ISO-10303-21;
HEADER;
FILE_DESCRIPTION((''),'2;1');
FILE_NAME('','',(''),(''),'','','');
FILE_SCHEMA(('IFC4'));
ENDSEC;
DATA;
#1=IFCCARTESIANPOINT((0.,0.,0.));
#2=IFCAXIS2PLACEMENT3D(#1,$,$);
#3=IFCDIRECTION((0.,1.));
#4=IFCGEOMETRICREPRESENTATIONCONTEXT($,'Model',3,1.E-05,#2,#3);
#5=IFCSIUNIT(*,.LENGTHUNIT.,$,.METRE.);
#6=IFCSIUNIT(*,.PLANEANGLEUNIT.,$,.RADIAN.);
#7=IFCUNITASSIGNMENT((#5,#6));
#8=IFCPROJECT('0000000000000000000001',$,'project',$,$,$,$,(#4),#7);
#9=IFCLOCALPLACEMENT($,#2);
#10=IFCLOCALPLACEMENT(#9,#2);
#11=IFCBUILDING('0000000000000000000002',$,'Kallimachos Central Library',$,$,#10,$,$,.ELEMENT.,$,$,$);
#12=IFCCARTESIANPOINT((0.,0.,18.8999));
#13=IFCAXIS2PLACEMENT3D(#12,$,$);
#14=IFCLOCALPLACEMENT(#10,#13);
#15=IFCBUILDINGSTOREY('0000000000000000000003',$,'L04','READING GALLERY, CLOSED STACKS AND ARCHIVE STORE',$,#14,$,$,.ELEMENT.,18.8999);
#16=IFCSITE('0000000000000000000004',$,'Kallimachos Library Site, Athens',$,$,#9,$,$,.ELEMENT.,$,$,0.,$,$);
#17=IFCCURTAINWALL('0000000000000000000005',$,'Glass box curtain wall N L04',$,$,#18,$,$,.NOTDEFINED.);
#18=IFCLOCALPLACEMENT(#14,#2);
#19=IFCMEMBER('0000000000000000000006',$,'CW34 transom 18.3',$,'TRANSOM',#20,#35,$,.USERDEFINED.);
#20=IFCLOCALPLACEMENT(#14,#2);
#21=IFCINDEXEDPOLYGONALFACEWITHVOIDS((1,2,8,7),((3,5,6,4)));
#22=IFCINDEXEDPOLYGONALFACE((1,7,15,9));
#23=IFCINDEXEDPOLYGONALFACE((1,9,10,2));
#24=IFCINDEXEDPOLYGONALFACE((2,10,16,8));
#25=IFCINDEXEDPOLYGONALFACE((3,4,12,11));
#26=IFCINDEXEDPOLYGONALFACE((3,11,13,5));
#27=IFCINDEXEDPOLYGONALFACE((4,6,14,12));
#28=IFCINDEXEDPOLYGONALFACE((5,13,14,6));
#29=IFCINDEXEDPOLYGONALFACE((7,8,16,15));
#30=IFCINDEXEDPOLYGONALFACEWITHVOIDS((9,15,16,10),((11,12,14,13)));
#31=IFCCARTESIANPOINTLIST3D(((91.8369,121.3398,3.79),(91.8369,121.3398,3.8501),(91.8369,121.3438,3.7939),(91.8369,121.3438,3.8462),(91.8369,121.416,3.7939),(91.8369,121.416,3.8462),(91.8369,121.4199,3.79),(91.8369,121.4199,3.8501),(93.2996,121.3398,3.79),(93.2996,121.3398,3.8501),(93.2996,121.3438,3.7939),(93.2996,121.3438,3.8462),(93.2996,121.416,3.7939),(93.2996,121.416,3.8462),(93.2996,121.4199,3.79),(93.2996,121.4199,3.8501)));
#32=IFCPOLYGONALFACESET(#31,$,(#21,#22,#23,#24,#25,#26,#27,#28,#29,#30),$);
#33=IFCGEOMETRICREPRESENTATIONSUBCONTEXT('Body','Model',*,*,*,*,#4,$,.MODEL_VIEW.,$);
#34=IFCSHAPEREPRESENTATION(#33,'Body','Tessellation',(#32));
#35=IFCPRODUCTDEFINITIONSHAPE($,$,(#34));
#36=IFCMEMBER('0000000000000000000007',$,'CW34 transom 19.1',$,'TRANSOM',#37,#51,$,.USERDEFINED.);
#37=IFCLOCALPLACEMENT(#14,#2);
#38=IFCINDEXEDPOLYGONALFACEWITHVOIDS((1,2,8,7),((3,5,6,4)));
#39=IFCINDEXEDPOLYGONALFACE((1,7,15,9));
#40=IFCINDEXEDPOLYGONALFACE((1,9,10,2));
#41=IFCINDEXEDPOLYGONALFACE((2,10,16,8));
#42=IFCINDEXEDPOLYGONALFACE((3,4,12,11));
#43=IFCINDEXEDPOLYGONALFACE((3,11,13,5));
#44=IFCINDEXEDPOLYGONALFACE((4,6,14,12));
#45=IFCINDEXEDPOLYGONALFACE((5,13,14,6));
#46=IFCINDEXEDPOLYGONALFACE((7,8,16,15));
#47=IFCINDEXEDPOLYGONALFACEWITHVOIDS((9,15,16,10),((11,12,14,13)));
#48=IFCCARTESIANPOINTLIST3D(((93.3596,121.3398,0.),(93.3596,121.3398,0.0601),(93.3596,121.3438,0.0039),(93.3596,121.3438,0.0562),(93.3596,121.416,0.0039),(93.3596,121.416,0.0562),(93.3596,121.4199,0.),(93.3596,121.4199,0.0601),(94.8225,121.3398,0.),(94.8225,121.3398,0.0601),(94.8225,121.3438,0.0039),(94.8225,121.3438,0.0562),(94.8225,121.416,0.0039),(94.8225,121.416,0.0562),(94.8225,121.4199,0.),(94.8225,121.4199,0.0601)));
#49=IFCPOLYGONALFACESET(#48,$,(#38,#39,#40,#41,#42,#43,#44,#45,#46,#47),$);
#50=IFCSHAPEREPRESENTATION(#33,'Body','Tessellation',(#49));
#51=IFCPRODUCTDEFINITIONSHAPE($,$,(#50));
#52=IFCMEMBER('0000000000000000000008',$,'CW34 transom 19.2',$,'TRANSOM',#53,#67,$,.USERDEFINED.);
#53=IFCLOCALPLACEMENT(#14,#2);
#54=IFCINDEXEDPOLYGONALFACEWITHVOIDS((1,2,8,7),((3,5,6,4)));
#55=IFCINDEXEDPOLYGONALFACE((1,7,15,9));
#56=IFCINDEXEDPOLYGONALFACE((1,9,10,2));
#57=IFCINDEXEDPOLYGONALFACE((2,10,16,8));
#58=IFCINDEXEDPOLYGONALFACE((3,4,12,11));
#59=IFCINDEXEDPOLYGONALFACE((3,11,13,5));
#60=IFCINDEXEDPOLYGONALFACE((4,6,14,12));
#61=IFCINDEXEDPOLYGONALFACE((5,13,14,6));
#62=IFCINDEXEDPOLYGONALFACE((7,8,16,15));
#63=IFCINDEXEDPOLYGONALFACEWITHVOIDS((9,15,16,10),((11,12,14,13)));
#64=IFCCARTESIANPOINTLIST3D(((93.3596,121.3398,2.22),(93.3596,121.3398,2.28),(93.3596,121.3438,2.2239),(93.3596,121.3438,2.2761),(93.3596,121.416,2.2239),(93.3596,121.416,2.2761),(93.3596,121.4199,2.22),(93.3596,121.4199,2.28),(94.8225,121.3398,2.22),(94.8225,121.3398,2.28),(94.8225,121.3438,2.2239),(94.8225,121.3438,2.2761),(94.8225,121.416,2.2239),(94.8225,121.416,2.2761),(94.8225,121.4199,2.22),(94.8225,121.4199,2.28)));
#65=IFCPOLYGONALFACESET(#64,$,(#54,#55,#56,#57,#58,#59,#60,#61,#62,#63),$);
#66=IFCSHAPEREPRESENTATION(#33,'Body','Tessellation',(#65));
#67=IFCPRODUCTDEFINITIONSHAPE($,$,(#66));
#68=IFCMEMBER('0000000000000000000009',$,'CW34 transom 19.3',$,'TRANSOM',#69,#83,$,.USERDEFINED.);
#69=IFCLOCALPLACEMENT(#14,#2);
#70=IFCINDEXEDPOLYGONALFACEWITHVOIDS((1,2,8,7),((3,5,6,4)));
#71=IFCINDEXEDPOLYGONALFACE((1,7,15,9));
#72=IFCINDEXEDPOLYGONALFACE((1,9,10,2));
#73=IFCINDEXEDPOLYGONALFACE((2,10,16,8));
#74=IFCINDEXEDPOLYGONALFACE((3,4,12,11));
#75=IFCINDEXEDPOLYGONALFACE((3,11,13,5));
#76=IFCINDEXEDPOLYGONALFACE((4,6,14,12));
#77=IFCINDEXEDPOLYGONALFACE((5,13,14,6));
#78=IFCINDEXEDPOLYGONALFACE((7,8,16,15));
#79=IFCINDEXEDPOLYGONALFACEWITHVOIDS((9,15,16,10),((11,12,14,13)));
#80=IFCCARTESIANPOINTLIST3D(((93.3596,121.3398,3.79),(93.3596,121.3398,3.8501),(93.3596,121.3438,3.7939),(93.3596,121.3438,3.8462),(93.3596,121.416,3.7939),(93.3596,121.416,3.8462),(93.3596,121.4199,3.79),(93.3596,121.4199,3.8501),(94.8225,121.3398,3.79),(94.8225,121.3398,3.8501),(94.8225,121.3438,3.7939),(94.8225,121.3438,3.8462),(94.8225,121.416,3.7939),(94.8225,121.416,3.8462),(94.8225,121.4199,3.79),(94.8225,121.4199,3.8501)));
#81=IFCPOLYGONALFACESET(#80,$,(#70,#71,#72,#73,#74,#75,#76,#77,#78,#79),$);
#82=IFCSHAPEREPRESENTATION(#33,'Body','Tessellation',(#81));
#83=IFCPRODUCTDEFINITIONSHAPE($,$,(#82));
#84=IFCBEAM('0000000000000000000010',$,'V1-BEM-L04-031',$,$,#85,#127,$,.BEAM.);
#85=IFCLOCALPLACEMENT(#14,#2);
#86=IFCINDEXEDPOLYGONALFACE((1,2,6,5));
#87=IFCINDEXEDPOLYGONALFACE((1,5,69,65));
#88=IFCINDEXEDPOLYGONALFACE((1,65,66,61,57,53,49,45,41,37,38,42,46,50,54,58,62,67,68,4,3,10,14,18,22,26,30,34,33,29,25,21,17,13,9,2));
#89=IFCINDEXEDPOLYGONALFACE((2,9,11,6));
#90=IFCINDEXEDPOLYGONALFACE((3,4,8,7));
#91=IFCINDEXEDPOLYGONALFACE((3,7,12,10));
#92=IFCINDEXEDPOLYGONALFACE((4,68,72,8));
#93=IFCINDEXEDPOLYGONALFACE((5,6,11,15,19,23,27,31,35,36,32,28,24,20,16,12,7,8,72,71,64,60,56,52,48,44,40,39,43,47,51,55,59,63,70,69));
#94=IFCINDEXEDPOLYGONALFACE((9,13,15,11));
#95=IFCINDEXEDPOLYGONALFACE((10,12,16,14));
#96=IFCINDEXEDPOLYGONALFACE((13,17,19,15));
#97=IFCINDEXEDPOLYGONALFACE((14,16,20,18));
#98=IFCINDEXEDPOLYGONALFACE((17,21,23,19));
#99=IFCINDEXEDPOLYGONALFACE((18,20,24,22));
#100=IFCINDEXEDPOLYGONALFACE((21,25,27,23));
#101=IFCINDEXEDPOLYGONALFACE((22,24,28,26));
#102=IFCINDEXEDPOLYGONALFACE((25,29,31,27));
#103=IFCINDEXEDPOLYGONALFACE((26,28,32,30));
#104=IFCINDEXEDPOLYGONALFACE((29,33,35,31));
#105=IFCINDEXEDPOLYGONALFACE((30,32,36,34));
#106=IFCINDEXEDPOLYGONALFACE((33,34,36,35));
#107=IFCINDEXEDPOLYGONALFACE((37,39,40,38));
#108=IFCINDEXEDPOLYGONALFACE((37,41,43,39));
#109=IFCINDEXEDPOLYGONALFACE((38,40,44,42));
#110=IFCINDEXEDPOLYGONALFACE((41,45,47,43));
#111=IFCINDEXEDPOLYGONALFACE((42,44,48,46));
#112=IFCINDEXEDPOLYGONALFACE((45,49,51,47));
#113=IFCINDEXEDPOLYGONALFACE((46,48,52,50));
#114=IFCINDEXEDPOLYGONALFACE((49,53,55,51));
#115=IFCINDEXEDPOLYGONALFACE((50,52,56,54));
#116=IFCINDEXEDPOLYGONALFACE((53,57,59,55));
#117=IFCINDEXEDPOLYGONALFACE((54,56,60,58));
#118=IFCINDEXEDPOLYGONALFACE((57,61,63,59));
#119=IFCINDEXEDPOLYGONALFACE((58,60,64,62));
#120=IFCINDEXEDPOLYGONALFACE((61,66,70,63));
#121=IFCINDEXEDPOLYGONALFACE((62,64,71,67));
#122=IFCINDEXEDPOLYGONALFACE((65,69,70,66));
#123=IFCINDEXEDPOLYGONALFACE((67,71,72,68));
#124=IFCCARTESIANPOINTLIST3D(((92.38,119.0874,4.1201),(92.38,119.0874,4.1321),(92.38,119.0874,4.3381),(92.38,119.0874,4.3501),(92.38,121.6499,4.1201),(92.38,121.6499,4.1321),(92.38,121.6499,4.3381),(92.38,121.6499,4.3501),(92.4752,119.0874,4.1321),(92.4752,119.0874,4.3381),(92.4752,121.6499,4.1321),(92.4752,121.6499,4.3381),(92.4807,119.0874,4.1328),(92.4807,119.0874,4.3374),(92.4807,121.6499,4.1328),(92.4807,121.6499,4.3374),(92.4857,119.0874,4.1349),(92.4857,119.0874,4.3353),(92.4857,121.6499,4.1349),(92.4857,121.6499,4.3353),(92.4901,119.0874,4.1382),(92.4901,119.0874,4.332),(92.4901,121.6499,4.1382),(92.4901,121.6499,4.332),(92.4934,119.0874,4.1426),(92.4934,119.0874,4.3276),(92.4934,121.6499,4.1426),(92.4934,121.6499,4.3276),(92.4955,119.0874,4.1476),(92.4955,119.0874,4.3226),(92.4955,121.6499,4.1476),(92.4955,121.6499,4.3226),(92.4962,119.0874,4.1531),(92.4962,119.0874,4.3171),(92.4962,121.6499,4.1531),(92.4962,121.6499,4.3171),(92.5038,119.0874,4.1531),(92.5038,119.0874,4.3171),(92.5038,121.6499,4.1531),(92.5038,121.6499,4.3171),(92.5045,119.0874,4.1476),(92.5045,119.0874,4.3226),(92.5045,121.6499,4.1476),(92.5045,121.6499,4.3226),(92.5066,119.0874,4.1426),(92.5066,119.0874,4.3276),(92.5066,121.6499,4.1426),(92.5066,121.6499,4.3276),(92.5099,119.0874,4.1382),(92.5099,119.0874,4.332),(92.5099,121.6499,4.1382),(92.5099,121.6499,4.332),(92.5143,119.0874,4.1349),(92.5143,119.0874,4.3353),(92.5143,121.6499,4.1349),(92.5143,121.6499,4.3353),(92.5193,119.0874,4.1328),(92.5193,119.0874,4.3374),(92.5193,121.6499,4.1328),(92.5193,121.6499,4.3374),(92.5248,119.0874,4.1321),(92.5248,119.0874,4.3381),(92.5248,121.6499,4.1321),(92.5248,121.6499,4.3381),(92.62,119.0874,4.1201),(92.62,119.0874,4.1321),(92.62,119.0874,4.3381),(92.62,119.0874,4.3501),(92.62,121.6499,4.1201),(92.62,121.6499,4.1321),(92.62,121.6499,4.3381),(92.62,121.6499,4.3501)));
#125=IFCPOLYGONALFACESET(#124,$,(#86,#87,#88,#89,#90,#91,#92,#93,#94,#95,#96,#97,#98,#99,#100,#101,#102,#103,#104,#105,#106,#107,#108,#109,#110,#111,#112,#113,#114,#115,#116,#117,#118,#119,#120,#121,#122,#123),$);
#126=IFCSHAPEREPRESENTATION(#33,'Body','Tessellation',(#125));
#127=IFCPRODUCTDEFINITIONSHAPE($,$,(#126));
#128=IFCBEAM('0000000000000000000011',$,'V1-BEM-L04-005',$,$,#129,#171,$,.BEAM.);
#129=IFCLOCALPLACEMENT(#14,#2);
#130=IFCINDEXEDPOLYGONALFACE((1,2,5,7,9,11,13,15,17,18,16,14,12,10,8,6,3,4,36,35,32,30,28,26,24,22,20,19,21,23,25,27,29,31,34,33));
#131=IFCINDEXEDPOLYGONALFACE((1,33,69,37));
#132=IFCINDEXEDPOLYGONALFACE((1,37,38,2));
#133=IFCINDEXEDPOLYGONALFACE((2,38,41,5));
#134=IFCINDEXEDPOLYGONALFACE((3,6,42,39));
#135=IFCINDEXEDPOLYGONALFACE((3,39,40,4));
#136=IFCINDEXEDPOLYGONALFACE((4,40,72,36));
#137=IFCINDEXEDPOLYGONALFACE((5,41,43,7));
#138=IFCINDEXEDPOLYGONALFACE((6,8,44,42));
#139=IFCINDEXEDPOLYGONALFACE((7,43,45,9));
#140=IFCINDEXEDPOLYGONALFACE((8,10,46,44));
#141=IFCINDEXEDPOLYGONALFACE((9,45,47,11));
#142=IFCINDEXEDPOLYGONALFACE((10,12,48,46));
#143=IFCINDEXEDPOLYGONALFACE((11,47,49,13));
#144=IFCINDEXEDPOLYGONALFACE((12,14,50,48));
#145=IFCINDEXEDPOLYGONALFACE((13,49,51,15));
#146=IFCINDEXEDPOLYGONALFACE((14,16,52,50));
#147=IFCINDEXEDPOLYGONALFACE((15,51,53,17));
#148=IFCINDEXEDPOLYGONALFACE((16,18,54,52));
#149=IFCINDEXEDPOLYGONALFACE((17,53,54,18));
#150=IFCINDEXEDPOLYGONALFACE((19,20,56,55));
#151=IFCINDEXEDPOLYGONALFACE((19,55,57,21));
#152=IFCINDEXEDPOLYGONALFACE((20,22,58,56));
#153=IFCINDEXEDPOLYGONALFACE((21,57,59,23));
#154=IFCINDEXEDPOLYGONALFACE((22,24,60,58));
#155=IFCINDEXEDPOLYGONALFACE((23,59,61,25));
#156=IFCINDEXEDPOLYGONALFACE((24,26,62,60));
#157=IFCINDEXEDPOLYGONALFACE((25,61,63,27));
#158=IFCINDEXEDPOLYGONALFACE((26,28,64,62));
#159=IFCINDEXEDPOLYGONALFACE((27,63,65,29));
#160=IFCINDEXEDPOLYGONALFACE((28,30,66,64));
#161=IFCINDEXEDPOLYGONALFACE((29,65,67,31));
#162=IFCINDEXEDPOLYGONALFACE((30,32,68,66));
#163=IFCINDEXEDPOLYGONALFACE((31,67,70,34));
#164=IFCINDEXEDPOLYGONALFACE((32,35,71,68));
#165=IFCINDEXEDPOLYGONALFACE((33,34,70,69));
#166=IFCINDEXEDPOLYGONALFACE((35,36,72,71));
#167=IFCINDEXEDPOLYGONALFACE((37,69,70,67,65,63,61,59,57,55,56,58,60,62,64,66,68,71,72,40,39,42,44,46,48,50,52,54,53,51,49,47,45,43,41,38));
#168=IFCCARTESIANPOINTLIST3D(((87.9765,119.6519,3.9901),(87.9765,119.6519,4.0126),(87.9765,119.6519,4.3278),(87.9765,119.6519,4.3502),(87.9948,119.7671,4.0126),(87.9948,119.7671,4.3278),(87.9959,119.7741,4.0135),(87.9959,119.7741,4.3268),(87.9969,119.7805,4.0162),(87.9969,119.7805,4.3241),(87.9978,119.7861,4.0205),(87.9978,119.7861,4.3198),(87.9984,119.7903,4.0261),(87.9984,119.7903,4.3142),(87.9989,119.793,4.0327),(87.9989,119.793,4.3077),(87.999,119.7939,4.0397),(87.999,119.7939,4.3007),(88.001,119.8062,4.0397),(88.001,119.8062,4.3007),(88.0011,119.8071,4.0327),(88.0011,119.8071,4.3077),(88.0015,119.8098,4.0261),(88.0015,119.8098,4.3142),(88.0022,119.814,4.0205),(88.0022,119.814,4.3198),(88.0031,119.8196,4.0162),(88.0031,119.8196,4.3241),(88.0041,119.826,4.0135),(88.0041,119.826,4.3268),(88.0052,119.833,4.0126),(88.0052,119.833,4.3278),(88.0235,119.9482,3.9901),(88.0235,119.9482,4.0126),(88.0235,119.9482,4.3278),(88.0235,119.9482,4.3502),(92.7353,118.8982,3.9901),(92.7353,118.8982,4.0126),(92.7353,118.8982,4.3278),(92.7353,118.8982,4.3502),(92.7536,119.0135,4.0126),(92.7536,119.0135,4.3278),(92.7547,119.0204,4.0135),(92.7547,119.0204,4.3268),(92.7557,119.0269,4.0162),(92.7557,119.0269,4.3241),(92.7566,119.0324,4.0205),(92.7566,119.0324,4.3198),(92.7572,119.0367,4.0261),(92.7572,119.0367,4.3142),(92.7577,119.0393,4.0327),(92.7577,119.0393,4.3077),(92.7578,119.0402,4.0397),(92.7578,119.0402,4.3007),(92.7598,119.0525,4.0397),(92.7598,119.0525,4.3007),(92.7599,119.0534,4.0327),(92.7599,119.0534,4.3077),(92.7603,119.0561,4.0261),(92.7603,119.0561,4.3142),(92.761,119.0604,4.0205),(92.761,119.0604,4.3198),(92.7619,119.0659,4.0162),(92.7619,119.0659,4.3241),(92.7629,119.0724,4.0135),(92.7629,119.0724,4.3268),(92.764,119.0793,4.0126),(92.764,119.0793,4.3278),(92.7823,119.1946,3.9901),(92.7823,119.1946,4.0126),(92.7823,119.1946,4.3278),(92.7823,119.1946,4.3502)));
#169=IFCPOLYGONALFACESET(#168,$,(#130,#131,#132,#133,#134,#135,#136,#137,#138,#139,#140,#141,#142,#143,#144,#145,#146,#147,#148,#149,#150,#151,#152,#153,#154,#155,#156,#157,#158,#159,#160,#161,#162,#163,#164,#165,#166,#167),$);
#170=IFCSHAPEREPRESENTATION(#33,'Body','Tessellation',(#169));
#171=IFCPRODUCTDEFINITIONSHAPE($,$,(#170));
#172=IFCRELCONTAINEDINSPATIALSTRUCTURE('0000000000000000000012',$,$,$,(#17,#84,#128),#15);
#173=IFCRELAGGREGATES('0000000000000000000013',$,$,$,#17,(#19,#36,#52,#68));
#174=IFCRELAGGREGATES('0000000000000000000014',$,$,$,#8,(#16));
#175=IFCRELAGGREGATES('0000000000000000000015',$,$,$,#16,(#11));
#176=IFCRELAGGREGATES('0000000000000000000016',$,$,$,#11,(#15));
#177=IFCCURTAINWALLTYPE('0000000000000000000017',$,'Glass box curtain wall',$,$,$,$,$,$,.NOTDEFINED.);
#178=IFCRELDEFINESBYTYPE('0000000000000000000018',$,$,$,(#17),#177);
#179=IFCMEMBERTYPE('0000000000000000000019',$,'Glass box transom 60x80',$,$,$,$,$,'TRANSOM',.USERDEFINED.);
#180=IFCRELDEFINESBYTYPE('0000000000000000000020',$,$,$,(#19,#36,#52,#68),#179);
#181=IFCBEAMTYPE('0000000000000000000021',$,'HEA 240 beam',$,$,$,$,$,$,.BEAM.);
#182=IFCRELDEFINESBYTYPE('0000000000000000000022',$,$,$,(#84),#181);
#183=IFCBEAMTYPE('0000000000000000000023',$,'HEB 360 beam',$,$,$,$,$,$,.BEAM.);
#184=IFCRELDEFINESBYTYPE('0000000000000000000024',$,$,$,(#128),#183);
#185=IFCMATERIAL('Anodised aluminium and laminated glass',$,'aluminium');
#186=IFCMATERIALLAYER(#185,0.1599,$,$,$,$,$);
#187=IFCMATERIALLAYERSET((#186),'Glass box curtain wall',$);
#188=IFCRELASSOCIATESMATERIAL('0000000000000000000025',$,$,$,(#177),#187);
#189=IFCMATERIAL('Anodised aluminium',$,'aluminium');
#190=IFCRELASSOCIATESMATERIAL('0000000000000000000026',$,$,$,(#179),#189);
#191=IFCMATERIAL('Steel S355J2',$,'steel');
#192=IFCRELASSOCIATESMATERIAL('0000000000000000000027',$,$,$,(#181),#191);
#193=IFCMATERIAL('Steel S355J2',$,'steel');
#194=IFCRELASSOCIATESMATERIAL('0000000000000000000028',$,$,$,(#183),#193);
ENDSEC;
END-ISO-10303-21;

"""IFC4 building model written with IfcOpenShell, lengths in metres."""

from ifc_helpers import new_model, si_unit, direction, frame, origin, origin_2d, place, context, subcontext, project, spatial, hollow_rectangle, i_section, extrude, material, layer, layer_set, material_profile, profile_set, type_object, element, aggregate, save


model = new_model("IFC4")

# Units and contexts
model_context = context("Model", 3, precision=1e-05, world=origin(), true_north=direction((0.0, 1.0)))
body_context = subcontext(model_context, "Body", "Model", "MODEL_VIEW")
ifc_project = project(units=[si_unit("LENGTHUNIT", "METRE"), si_unit("PLANEANGLEUNIT", "RADIAN")], contexts=[model_context])

# Site, building, storey
site_placement = place(None, origin())
site = spatial("IfcSite", under=ifc_project, at=site_placement, Name="Kallimachos Library Site, Athens", CompositionType="ELEMENT", RefElevation=0.0)
building_placement = place(site_placement, origin())
building = spatial("IfcBuilding", under=site, at=building_placement, Name="Kallimachos Central Library", CompositionType="ELEMENT")
storey_placement = place(building_placement, frame((0.0, 0.0, 18.8999)))
storey = spatial("IfcBuildingStorey", under=building, at=storey_placement, Name="L04", Description="READING GALLERY, CLOSED STACKS AND ARCHIVE STORE", CompositionType="ELEMENT", Elevation=18.8999)

# Curtain wall, members
ifc_material_1 = material(Name="Anodised aluminium and laminated glass", Category="aluminium")
ifc_layer_1 = layer(ifc_material_1, 0.1599)
ifc_layer_set_1 = layer_set([ifc_layer_1], Name="Glass box curtain wall")
curtain_wall_type = type_object("IfcCurtainWallType", Name="Glass box curtain wall", PredefinedType="NOTDEFINED", material=ifc_layer_set_1)
curtain_wall_placement = place(storey_placement, origin())
curtain_wall = element("IfcCurtainWall", 1, at=curtain_wall_placement, inside=storey, type_object=curtain_wall_type, Name="Glass box curtain wall N L04", PredefinedType="NOTDEFINED")
ifc_material_2 = material(Name="Anodised aluminium", Category="aluminium")
ifc_material_profile_1 = material_profile(ifc_material_2, hollow_rectangle(XDim=0.0601, YDim=0.0801, WallThickness=0.0039, at=origin_2d()), Name="ALU TRANSOM 60x80")
ifc_profile_set_1 = profile_set([ifc_material_profile_1], Name="Anodised aluminium")
member_type_1 = type_object("IfcMemberType", Name="Glass box transom 60x80", ElementType="TRANSOM", PredefinedType="USERDEFINED", material=ifc_profile_set_1)
member_1_placement = place(storey_placement, frame((91.8369, 121.3799, 3.8201), z_axis=(1.0, 0.0, 0.0), x_axis=(0.0, 0.0, 1.0)))
member_1 = element("IfcMember", 2, at=member_1_placement, type_object=member_type_1, Name="CW34 transom 18.3", ObjectType="TRANSOM", PredefinedType="USERDEFINED", context=body_context, shape_type="SweptSolid", body=[
    extrude(hollow_rectangle(XDim=0.0601, YDim=0.0801, WallThickness=0.0039, at=origin_2d()), origin(), (0.0, 0.0, 1.0), 1.4626),
])
member_2_placement = place(storey_placement, frame((93.3596, 121.3799, 0.03), z_axis=(1.0, 0.0, 0.0), x_axis=(0.0, 0.0, 1.0)))
member_2 = element("IfcMember", 3, at=member_2_placement, type_object=member_type_1, Name="CW34 transom 19.1", ObjectType="TRANSOM", PredefinedType="USERDEFINED", context=body_context, shape_type="SweptSolid", body=[
    extrude(hollow_rectangle(XDim=0.0601, YDim=0.0801, WallThickness=0.0039, at=origin_2d()), origin(), (0.0, 0.0, 1.0), 1.4629),
])
member_3_placement = place(storey_placement, frame((93.3596, 121.3799, 2.25), z_axis=(1.0, 0.0, 0.0), x_axis=(0.0, 0.0, 1.0)))
member_3 = element("IfcMember", 4, at=member_3_placement, type_object=member_type_1, Name="CW34 transom 19.2", ObjectType="TRANSOM", PredefinedType="USERDEFINED", context=body_context, shape_type="SweptSolid", body=[
    extrude(hollow_rectangle(XDim=0.0601, YDim=0.0801, WallThickness=0.0039, at=origin_2d()), origin(), (0.0, 0.0, 1.0), 1.4629),
])
member_4_placement = place(storey_placement, frame((93.3596, 121.3799, 3.8201), z_axis=(1.0, 0.0, 0.0), x_axis=(0.0, 0.0, 1.0)))
member_4 = element("IfcMember", 5, at=member_4_placement, type_object=member_type_1, Name="CW34 transom 19.3", ObjectType="TRANSOM", PredefinedType="USERDEFINED", context=body_context, shape_type="SweptSolid", body=[
    extrude(hollow_rectangle(XDim=0.0601, YDim=0.0801, WallThickness=0.0039, at=origin_2d()), origin(), (0.0, 0.0, 1.0), 1.4629),
])

# Beams
ifc_material_3 = material(Name="Steel S355J2", Category="steel")
ifc_material_profile_2 = material_profile(ifc_material_3, i_section(OverallWidth=0.24, OverallDepth=0.23, WebThickness=0.0076, FlangeThickness=0.012, FilletRadius=0.021, at=origin_2d()), Name="HEA 240")
ifc_profile_set_2 = profile_set([ifc_material_profile_2], Name="Steel S355J2")
beam_type_1 = type_object("IfcBeamType", Name="HEA 240 beam", PredefinedType="BEAM", material=ifc_profile_set_2)
beam_1_placement = place(storey_placement, frame((92.5, 119.0874, 4.2351), z_axis=(0.0, 1.0, 0.0), x_axis=(-1.0, 0.0, 0.0)))
element("IfcBeam", 6, at=beam_1_placement, inside=storey, type_object=beam_type_1, Name="V1-BEM-L04-031", PredefinedType="BEAM", context=body_context, shape_type="SweptSolid", body=[
    extrude(i_section(OverallWidth=0.24, OverallDepth=0.23, WebThickness=0.0076, FlangeThickness=0.012, FilletRadius=0.021, at=origin_2d()), origin(), (0.0, 0.0, 1.0), 2.5625),
])
ifc_material_4 = material(Name="Steel S355J2", Category="steel")
ifc_material_profile_3 = material_profile(ifc_material_4, i_section(OverallWidth=0.3, OverallDepth=0.3601, WebThickness=0.0125, FlangeThickness=0.0225, FilletRadius=0.0271, at=origin_2d()), Name="HEB 360")
ifc_profile_set_3 = profile_set([ifc_material_profile_3], Name="Steel S355J2")
beam_type_2 = type_object("IfcBeamType", Name="HEB 360 beam", PredefinedType="BEAM", material=ifc_profile_set_3)
beam_2_placement = place(storey_placement, frame((92.7588, 119.0464, 4.1702), z_axis=(-0.98769, 0.156423, 0.0), x_axis=(-0.156423, -0.98769, 0.0)))
element("IfcBeam", 7, at=beam_2_placement, inside=storey, type_object=beam_type_2, Name="V1-BEM-L04-005", PredefinedType="BEAM", context=body_context, shape_type="SweptSolid", body=[
    extrude(i_section(OverallWidth=0.3, OverallDepth=0.3601, WebThickness=0.0125, FlangeThickness=0.0225, FilletRadius=0.0271, at=origin_2d()), origin(), (0.0, 0.0, 1.0), 4.8181),
])

aggregate(curtain_wall, [member_1, member_2, member_3, member_4])

save(model, "model.ifc")
